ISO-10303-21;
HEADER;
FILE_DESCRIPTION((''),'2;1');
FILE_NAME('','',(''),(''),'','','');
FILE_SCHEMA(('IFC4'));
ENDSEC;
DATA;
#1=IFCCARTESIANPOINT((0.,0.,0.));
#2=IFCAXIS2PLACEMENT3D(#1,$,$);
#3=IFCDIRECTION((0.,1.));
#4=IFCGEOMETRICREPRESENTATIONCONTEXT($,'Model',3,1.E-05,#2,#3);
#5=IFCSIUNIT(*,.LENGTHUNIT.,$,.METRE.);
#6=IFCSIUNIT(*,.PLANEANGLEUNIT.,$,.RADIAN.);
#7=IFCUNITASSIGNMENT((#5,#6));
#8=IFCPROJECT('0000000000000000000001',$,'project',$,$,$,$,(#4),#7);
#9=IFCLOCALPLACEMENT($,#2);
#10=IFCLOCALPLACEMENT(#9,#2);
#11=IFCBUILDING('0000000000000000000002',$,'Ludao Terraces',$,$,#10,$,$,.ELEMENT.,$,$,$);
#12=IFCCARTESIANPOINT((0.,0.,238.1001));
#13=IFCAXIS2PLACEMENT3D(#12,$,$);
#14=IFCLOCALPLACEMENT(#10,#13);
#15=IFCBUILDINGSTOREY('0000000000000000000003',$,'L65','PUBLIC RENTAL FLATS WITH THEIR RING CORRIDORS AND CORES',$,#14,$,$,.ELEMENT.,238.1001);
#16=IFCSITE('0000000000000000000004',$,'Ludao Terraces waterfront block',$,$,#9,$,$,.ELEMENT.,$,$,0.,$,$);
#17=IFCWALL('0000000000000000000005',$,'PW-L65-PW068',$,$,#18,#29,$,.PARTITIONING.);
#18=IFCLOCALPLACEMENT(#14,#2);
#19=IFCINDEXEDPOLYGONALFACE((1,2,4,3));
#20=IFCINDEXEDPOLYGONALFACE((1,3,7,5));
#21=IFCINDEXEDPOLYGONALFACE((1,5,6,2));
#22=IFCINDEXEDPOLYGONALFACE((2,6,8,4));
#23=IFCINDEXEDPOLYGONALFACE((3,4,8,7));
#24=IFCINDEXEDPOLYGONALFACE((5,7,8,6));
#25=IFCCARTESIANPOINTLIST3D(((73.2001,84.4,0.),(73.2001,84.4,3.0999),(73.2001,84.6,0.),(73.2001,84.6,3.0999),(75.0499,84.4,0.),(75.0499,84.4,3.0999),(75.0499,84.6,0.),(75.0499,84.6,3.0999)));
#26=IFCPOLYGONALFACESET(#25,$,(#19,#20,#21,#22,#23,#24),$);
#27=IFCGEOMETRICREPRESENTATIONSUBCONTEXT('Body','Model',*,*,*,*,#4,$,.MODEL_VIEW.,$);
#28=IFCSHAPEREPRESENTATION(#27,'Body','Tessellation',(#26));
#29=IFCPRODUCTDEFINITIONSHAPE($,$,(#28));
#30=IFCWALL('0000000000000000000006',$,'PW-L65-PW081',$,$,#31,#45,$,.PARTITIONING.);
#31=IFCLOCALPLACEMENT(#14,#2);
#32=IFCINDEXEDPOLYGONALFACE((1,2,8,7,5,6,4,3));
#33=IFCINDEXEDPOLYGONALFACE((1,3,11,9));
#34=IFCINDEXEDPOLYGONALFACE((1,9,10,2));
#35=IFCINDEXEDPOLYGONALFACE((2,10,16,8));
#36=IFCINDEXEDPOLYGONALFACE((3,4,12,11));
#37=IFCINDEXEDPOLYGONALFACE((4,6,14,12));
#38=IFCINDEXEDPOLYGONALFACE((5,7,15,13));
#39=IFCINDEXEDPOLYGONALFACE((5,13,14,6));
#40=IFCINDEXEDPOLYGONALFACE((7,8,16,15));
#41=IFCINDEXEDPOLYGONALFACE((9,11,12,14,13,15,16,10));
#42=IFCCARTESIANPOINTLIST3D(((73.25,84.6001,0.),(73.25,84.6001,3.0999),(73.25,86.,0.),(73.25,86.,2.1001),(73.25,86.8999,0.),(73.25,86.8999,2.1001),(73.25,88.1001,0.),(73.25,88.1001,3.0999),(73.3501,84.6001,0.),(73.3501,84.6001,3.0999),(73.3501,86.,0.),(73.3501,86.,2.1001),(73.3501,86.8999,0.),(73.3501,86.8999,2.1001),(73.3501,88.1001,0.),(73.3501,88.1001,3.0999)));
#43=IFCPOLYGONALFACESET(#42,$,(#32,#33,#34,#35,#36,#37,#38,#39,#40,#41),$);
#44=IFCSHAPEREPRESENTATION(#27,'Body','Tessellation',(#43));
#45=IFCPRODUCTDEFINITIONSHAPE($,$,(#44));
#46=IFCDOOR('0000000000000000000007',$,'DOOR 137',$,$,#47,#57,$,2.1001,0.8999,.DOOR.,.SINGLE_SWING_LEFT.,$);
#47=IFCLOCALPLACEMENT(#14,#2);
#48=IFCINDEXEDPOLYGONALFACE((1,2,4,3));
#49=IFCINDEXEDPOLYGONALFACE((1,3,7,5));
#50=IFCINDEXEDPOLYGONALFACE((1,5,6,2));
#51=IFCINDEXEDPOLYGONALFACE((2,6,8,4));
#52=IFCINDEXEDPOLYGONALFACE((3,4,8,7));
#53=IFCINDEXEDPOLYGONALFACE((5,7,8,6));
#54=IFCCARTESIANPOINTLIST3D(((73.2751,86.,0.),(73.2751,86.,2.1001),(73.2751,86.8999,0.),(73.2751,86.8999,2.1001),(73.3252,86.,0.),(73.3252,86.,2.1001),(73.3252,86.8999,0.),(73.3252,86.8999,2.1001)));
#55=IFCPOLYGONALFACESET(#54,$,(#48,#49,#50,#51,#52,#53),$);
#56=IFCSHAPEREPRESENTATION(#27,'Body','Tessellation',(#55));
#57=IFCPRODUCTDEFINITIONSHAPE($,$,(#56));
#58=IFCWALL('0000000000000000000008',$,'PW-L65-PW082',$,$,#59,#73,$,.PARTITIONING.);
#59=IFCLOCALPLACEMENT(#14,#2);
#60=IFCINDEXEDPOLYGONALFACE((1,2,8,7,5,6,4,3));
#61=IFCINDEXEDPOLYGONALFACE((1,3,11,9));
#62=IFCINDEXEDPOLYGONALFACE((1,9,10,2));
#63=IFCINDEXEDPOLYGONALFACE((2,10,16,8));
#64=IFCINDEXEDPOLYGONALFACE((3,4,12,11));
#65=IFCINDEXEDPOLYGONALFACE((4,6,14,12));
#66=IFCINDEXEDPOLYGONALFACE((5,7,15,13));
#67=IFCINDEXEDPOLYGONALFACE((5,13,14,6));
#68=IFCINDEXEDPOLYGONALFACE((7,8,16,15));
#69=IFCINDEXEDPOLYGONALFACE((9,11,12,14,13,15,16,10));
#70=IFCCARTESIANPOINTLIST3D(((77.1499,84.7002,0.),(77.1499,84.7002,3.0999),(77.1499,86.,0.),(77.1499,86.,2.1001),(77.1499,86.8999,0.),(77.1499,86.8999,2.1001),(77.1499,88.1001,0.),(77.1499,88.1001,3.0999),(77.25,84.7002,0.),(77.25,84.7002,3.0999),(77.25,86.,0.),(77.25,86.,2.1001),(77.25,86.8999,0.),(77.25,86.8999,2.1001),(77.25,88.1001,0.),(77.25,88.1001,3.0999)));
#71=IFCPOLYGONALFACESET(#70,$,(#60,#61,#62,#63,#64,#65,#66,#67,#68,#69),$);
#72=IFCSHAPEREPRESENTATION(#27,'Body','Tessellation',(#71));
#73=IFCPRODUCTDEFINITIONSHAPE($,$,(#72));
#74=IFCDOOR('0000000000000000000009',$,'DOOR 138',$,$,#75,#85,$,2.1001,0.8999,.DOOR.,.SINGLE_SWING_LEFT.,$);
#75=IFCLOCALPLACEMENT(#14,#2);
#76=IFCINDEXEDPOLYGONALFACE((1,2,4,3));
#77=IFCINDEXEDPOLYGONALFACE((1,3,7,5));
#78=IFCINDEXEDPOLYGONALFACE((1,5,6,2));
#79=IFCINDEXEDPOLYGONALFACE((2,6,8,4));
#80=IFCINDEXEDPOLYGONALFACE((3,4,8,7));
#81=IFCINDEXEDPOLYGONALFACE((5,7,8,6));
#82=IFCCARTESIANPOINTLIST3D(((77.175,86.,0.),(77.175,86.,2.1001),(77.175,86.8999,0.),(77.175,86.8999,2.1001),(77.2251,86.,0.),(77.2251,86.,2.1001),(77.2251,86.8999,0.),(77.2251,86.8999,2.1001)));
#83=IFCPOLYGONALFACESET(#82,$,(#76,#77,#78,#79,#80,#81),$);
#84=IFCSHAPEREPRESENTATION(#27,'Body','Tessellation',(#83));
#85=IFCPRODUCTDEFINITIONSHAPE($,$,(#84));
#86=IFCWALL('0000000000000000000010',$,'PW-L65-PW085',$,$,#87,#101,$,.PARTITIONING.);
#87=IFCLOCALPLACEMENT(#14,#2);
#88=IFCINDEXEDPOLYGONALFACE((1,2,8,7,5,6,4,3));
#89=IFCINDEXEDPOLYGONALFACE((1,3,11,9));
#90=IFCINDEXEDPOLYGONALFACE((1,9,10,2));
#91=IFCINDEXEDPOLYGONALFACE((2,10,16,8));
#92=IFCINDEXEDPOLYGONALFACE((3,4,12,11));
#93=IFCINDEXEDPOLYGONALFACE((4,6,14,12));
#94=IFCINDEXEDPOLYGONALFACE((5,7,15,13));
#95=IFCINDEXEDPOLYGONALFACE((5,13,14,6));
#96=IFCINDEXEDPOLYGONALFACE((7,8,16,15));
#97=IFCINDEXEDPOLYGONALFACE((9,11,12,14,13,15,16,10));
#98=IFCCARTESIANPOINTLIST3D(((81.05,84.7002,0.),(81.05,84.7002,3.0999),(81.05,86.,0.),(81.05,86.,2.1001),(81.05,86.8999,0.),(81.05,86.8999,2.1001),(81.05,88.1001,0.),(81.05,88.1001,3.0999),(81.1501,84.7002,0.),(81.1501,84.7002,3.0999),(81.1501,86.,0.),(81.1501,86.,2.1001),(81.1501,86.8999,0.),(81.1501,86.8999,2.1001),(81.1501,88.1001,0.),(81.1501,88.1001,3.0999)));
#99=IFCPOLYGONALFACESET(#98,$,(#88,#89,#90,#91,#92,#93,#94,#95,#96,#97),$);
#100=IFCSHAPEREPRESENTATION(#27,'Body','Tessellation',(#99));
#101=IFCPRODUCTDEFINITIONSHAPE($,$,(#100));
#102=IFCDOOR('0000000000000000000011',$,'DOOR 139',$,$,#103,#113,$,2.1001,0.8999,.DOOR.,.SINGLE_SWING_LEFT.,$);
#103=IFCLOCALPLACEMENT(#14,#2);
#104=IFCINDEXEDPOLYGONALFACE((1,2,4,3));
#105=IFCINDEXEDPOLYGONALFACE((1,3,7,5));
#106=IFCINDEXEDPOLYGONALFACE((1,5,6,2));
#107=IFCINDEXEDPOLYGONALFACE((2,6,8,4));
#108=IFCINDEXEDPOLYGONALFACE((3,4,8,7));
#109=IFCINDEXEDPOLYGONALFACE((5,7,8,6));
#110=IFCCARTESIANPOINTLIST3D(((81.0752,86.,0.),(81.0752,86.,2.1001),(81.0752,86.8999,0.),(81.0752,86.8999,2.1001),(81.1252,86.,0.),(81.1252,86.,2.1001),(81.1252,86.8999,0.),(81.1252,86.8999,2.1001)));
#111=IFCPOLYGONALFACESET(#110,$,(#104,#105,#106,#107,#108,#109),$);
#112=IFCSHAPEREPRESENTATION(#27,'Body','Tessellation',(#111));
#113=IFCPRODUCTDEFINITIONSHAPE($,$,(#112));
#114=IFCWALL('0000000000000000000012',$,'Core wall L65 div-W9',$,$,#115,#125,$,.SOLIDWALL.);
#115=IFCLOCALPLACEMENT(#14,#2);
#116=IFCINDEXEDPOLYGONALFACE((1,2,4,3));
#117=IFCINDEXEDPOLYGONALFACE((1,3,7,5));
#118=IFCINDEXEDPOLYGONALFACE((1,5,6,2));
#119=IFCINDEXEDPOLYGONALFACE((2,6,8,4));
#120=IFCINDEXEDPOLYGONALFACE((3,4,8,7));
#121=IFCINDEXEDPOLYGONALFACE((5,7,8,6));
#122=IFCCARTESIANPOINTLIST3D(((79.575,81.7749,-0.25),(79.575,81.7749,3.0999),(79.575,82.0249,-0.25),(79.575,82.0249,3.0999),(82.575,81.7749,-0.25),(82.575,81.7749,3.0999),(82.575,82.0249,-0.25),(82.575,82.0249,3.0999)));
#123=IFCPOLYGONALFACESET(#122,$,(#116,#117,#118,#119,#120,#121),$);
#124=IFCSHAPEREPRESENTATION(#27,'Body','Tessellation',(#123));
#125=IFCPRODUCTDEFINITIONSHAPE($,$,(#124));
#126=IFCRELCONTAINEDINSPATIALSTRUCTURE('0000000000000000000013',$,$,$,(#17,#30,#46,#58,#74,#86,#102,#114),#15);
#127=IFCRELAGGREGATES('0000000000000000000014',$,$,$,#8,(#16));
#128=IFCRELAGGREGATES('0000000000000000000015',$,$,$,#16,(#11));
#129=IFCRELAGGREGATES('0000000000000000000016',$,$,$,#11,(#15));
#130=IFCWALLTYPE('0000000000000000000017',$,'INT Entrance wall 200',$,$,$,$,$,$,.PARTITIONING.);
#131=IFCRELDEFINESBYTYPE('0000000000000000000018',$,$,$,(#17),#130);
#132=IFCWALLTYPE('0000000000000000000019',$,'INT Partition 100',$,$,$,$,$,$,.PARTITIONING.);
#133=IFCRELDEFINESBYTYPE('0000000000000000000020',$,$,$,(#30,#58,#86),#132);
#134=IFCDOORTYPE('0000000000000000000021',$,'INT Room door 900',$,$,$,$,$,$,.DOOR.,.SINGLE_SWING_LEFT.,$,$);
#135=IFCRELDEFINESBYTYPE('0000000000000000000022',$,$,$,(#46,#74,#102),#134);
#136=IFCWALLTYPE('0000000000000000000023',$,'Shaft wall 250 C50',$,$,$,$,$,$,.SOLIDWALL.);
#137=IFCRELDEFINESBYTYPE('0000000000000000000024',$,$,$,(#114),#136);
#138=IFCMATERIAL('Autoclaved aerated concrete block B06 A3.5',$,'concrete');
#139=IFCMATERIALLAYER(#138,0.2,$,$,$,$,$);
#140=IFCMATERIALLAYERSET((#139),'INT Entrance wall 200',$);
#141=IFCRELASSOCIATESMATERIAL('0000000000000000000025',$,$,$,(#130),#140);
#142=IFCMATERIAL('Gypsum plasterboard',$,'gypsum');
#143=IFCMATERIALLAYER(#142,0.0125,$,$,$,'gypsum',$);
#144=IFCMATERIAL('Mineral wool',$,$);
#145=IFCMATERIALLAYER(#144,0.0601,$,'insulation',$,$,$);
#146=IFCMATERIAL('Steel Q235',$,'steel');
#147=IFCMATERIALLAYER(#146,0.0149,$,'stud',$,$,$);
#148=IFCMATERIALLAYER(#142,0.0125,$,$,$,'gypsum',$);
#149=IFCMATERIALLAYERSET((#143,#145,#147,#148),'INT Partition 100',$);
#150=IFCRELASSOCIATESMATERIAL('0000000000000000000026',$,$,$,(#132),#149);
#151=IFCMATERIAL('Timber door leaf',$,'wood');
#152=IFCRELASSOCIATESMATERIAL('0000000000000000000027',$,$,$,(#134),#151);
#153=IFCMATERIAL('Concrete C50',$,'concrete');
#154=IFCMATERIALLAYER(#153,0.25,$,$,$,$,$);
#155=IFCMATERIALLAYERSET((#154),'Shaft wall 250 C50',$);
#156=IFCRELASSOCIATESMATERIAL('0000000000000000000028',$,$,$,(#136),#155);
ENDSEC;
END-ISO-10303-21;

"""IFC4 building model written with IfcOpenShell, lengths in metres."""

from ifc_helpers import new_model, si_unit, direction, frame, frame_2d, origin, place, context, subcontext, project, spatial, rectangle, extrude, material, layer, layer_set, type_object, element, fill, save


model = new_model("IFC4")

# Units and contexts
model_context = context("Model", 3, precision=1e-05, world=origin(), true_north=direction((0.0, 1.0)))
body_context = subcontext(model_context, "Body", "Model", "MODEL_VIEW")
ifc_project = project(units=[si_unit("LENGTHUNIT", "METRE"), si_unit("PLANEANGLEUNIT", "RADIAN")], contexts=[model_context])

# Site, building, storey
site_placement = place(None, origin())
site = spatial("IfcSite", under=ifc_project, at=site_placement, Name="Ludao Terraces waterfront block", CompositionType="ELEMENT", RefElevation=0.0)
building_placement = place(site_placement, origin())
building = spatial("IfcBuilding", under=site, at=building_placement, Name="Ludao Terraces", CompositionType="ELEMENT")
storey_placement = place(building_placement, frame((0.0, 0.0, 238.1001)))
storey = spatial("IfcBuildingStorey", under=building, at=storey_placement, Name="L65", Description="PUBLIC RENTAL FLATS WITH THEIR RING CORRIDORS AND CORES", CompositionType="ELEMENT", Elevation=238.1001)

# Shared definitions
ifc_material_1 = material(Name="Concrete C50", Category="concrete")

# Shared definitions
ifc_material_2 = material(Name="Mineral wool")

# Wall
ifc_material_3 = material(Name="Autoclaved aerated concrete block B06 A3.5", Category="concrete")
ifc_layer_1 = layer(ifc_material_3, 0.2)
ifc_layer_set_1 = layer_set([ifc_layer_1], Name="INT Entrance wall 200")
wall_type_1 = type_object("IfcWallType", Name="INT Entrance wall 200", PredefinedType="PARTITIONING", material=ifc_layer_set_1)
wall_1_placement = place(storey_placement, frame((73.2002, 84.5, 0.0), z_axis=(0.0, 0.0, 1.0), x_axis=(1.0, 0.0, 0.0)))
element("IfcWall", 1, at=wall_1_placement, inside=storey, type_object=wall_type_1, Name="PW-L65-PW068", PredefinedType="PARTITIONING", context=body_context, shape_type="SweptSolid", body=[
    extrude(rectangle(XDim=1.8499, YDim=0.2, at=frame_2d((0.9248, 0.0))), origin(), (0.0, 0.0, 1.0), 3.0999),
])

# Walls, openings, doors
ifc_material_4 = material(Name="Gypsum plasterboard", Category="gypsum")
ifc_layer_2 = layer(ifc_material_4, 0.0125, Category="gypsum")
ifc_layer_3 = layer(ifc_material_2, 0.0601, Name="insulation")
ifc_material_5 = material(Name="Steel Q235", Category="steel")
ifc_layer_4 = layer(ifc_material_5, 0.0149, Name="stud")
ifc_layer_5 = layer(ifc_material_4, 0.0125, Category="gypsum")
ifc_layer_set_2 = layer_set([ifc_layer_2, ifc_layer_3, ifc_layer_4, ifc_layer_5], Name="INT Partition 100")
wall_type_2 = type_object("IfcWallType", Name="INT Partition 100", PredefinedType="PARTITIONING", material=ifc_layer_set_2)
wall_2_placement = place(storey_placement, frame((73.3, 84.6001, 0.0), z_axis=(0.0, 0.0, 1.0), x_axis=(0.0, 1.0, 0.0)))
wall_2 = element("IfcWall", 2, at=wall_2_placement, inside=storey, type_object=wall_type_2, Name="PW-L65-PW081", PredefinedType="PARTITIONING", context=body_context, shape_type="SweptSolid", body=[
    extrude(rectangle(XDim=3.5, YDim=0.1001, at=frame_2d((1.75, 0.0))), origin(), (0.0, 0.0, 1.0), 3.0999),
])
opening_1_placement = place(wall_2_placement, frame((1.3999, 0.0, 0.0)))
opening_1 = element("IfcOpeningElement", 3, at=opening_1_placement, cuts=wall_2, PredefinedType="OPENING", context=body_context, shape_type="SweptSolid", body=[
    extrude(rectangle(XDim=0.8999, YDim=2.1001, at=frame_2d((0.45, 1.05))), frame((0.0, 0.0601, 0.0), z_axis=(0.0, -1.0, 0.0), x_axis=(1.0, 0.0, 0.0)), (0.0, 0.0, 1.0), 0.1201),
])
ifc_material_6 = material(Name="Timber door leaf", Category="wood")
door_type = type_object("IfcDoorType", Name="INT Room door 900", OperationType="SINGLE_SWING_LEFT", PredefinedType="DOOR", material=ifc_material_6)
door_1_placement = place(opening_1_placement, origin())
door_1 = element("IfcDoor", 4, at=door_1_placement, inside=storey, type_object=door_type, Name="DOOR 137", OperationType="SINGLE_SWING_LEFT", OverallHeight=2.1001, OverallWidth=0.8999, PredefinedType="DOOR", context=body_context, shape_type="SweptSolid", body=[
    extrude(rectangle(XDim=0.8999, YDim=2.1001, at=frame_2d((0.45, 1.05))), frame((0.0, 0.0249, 0.0), z_axis=(0.0, -1.0, 0.0), x_axis=(1.0, 0.0, 0.0)), (0.0, 0.0, 1.0), 0.05),
])
fill(opening_1, door_1)
wall_3_placement = place(storey_placement, frame((77.2, 84.7002, 0.0), z_axis=(0.0, 0.0, 1.0), x_axis=(0.0, 1.0, 0.0)))
wall_3 = element("IfcWall", 5, at=wall_3_placement, inside=storey, type_object=wall_type_2, Name="PW-L65-PW082", PredefinedType="PARTITIONING", context=body_context, shape_type="SweptSolid", body=[
    extrude(rectangle(XDim=3.3999, YDim=0.1001, at=frame_2d((1.7, 0.0))), origin(), (0.0, 0.0, 1.0), 3.0999),
])
opening_2_placement = place(wall_3_placement, frame((1.2998, 0.0, 0.0)))
opening_2 = element("IfcOpeningElement", 6, at=opening_2_placement, cuts=wall_3, PredefinedType="OPENING", context=body_context, shape_type="SweptSolid", body=[
    extrude(rectangle(XDim=0.8999, YDim=2.1001, at=frame_2d((0.45, 1.05))), frame((0.0, 0.0601, 0.0), z_axis=(0.0, -1.0, 0.0), x_axis=(1.0, 0.0, 0.0)), (0.0, 0.0, 1.0), 0.1201),
])
door_2_placement = place(opening_2_placement, origin())
door_2 = element("IfcDoor", 7, at=door_2_placement, inside=storey, type_object=door_type, Name="DOOR 138", OperationType="SINGLE_SWING_LEFT", OverallHeight=2.1001, OverallWidth=0.8999, PredefinedType="DOOR", context=body_context, shape_type="SweptSolid", body=[
    extrude(rectangle(XDim=0.8999, YDim=2.1001, at=frame_2d((0.45, 1.05))), frame((0.0, 0.0249, 0.0), z_axis=(0.0, -1.0, 0.0), x_axis=(1.0, 0.0, 0.0)), (0.0, 0.0, 1.0), 0.05),
])
fill(opening_2, door_2)
wall_4_placement = place(storey_placement, frame((81.1001, 84.7002, 0.0), z_axis=(0.0, 0.0, 1.0), x_axis=(0.0, 1.0, 0.0)))
wall_4 = element("IfcWall", 8, at=wall_4_placement, inside=storey, type_object=wall_type_2, Name="PW-L65-PW085", PredefinedType="PARTITIONING", context=body_context, shape_type="SweptSolid", body=[
    extrude(rectangle(XDim=3.3999, YDim=0.1001, at=frame_2d((1.7, 0.0))), origin(), (0.0, 0.0, 1.0), 3.0999),
])
opening_3_placement = place(wall_4_placement, frame((1.2998, 0.0, 0.0)))
opening_3 = element("IfcOpeningElement", 9, at=opening_3_placement, cuts=wall_4, PredefinedType="OPENING", context=body_context, shape_type="SweptSolid", body=[
    extrude(rectangle(XDim=0.8999, YDim=2.1001, at=frame_2d((0.45, 1.05))), frame((0.0, 0.0601, 0.0), z_axis=(0.0, -1.0, 0.0), x_axis=(1.0, 0.0, 0.0)), (0.0, 0.0, 1.0), 0.1201),
])
door_3_placement = place(opening_3_placement, origin())
door_3 = element("IfcDoor", 10, at=door_3_placement, inside=storey, type_object=door_type, Name="DOOR 139", OperationType="SINGLE_SWING_LEFT", OverallHeight=2.1001, OverallWidth=0.8999, PredefinedType="DOOR", context=body_context, shape_type="SweptSolid", body=[
    extrude(rectangle(XDim=0.8999, YDim=2.1001, at=frame_2d((0.45, 1.05))), frame((0.0, 0.0249, 0.0), z_axis=(0.0, -1.0, 0.0), x_axis=(1.0, 0.0, 0.0)), (0.0, 0.0, 1.0), 0.05),
])
fill(opening_3, door_3)

# Wall
ifc_layer_6 = layer(ifc_material_1, 0.25)
ifc_layer_set_3 = layer_set([ifc_layer_6], Name="Shaft wall 250 C50")
wall_type_3 = type_object("IfcWallType", Name="Shaft wall 250 C50", PredefinedType="SOLIDWALL", material=ifc_layer_set_3)
wall_5_placement = place(storey_placement, frame((79.575, 81.8999, -0.25), z_axis=(0.0, 0.0, 1.0), x_axis=(1.0, 0.0, 0.0)))
element("IfcWall", 11, at=wall_5_placement, inside=storey, type_object=wall_type_3, Name="Core wall L65 div-W9", PredefinedType="SOLIDWALL", context=body_context, shape_type="SweptSolid", body=[
    extrude(rectangle(XDim=3.0, YDim=0.25, at=frame_2d((1.5, 0.0))), origin(), (0.0, 0.0, 1.0), 3.3499),
])

save(model, "model.ifc")
